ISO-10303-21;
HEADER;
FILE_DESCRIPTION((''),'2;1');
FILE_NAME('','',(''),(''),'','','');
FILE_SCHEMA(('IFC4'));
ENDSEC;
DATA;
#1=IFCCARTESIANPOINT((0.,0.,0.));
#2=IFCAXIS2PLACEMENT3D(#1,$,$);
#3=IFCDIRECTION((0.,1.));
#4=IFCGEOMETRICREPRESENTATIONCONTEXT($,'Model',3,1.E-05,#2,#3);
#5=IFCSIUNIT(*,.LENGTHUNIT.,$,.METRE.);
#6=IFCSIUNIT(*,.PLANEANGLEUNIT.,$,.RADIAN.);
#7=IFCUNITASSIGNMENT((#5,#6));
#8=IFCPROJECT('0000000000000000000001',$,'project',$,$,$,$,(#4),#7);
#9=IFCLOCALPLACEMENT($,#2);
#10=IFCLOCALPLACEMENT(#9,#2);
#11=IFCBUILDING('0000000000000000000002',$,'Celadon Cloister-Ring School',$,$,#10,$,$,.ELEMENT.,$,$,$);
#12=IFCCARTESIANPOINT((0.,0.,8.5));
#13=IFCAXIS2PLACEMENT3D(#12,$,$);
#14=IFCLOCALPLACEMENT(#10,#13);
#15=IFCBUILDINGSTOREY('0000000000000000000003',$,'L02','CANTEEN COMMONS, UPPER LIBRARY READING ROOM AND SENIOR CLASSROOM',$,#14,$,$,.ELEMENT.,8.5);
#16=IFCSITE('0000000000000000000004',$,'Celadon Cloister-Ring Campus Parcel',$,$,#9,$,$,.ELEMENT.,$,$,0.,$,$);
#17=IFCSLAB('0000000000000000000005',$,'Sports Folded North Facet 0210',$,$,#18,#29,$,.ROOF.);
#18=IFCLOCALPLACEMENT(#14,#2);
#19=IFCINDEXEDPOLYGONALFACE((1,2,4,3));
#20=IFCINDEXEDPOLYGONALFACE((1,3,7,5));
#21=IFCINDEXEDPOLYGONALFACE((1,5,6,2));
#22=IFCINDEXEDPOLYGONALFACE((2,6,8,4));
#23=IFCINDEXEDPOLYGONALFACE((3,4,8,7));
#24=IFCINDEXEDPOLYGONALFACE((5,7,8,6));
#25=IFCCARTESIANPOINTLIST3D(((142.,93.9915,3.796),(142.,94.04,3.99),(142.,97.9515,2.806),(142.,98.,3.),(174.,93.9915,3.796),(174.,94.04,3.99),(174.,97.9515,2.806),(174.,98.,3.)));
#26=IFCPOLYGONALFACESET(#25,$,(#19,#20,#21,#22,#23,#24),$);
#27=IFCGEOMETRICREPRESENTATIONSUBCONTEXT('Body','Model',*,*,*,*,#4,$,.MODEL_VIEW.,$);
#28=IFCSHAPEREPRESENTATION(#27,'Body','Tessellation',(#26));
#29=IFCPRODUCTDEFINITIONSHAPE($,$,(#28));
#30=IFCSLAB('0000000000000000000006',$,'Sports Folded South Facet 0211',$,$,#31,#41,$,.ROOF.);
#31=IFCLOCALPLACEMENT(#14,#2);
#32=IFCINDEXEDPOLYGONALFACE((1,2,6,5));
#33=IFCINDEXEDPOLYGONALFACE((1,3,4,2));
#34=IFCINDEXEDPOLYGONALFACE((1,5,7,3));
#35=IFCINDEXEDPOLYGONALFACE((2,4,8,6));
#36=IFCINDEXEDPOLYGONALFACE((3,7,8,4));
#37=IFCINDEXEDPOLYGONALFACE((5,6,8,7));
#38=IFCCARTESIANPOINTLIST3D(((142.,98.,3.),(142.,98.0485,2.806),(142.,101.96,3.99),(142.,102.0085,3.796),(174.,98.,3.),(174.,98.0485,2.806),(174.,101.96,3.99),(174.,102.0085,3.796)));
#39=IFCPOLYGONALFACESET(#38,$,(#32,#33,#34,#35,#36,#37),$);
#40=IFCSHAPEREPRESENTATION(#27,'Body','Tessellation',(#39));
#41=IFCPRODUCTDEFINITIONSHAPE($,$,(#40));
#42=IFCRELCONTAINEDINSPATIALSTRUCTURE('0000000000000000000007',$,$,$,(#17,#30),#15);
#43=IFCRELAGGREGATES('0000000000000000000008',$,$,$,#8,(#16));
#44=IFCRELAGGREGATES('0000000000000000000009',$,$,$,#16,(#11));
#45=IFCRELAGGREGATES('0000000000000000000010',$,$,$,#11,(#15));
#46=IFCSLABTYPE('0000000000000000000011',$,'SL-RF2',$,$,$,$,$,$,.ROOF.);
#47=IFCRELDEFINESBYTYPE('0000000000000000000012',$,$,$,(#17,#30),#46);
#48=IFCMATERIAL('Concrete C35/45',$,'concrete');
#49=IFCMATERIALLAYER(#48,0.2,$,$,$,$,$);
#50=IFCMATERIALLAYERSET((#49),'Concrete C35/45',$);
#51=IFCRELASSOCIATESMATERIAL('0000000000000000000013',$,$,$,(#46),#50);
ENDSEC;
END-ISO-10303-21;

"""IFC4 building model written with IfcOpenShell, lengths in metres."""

from ifc_helpers import new_model, si_unit, direction, frame, origin, place, context, subcontext, project, spatial, polyline, outline, extrude, material, layer, layer_set, type_object, element, save


model = new_model("IFC4")

# Units and contexts
model_context = context("Model", 3, precision=1e-05, world=origin(), true_north=direction((0.0, 1.0)))
body_context = subcontext(model_context, "Body", "Model", "MODEL_VIEW")
ifc_project = project(units=[si_unit("LENGTHUNIT", "METRE"), si_unit("PLANEANGLEUNIT", "RADIAN")], contexts=[model_context])

# Site, building, storey
site_placement = place(None, origin())
site = spatial("IfcSite", under=ifc_project, at=site_placement, Name="Celadon Cloister-Ring Campus Parcel", CompositionType="ELEMENT", RefElevation=0.0)
building_placement = place(site_placement, origin())
building = spatial("IfcBuilding", under=site, at=building_placement, Name="Celadon Cloister-Ring School", CompositionType="ELEMENT")
storey_placement = place(building_placement, frame((0.0, 0.0, 8.5)))
storey = spatial("IfcBuildingStorey", under=building, at=storey_placement, Name="L02", Description="CANTEEN COMMONS, UPPER LIBRARY READING ROOM AND SENIOR CLASSROOM", CompositionType="ELEMENT", Elevation=8.5)

# Slabs
ifc_material_1 = material(Name="Concrete C35/45", Category="concrete")
ifc_layer_1 = layer(ifc_material_1, 0.2)
ifc_layer_set_1 = layer_set([ifc_layer_1], Name="Concrete C35/45")
slab_type = type_object("IfcSlabType", Name="SL-RF2", PredefinedType="ROOF", material=ifc_layer_set_1)
for number, where, z_axis, x_axis, name in (
    (1, (142.0, 94.04, 3.99), (0.0, 0.242536, 0.970143), (1.0, 0.0, 0.0), "Sports Folded North Facet 0210"),
    (2, (142.0, 98.0, 3.0), (0.0, -0.242536, 0.970143), (1.0, 0.0, 0.0), "Sports Folded South Facet 0211"),
):
    element("IfcSlab", number, at=place(storey_placement, frame(where, z_axis=z_axis, x_axis=x_axis)), inside=storey, type_object=slab_type, Name=name, PredefinedType="ROOF", context=body_context, shape_type="SweptSolid", body=[
        extrude(outline(polyline([(0.0, 0.0), (32.0, 0.0), (32.0, 4.0818), (0.0, 4.0818), (0.0, 0.0)])), origin(), (0.0, 0.0, -1.0), 0.2),
    ])

save(model, "model.ifc")
